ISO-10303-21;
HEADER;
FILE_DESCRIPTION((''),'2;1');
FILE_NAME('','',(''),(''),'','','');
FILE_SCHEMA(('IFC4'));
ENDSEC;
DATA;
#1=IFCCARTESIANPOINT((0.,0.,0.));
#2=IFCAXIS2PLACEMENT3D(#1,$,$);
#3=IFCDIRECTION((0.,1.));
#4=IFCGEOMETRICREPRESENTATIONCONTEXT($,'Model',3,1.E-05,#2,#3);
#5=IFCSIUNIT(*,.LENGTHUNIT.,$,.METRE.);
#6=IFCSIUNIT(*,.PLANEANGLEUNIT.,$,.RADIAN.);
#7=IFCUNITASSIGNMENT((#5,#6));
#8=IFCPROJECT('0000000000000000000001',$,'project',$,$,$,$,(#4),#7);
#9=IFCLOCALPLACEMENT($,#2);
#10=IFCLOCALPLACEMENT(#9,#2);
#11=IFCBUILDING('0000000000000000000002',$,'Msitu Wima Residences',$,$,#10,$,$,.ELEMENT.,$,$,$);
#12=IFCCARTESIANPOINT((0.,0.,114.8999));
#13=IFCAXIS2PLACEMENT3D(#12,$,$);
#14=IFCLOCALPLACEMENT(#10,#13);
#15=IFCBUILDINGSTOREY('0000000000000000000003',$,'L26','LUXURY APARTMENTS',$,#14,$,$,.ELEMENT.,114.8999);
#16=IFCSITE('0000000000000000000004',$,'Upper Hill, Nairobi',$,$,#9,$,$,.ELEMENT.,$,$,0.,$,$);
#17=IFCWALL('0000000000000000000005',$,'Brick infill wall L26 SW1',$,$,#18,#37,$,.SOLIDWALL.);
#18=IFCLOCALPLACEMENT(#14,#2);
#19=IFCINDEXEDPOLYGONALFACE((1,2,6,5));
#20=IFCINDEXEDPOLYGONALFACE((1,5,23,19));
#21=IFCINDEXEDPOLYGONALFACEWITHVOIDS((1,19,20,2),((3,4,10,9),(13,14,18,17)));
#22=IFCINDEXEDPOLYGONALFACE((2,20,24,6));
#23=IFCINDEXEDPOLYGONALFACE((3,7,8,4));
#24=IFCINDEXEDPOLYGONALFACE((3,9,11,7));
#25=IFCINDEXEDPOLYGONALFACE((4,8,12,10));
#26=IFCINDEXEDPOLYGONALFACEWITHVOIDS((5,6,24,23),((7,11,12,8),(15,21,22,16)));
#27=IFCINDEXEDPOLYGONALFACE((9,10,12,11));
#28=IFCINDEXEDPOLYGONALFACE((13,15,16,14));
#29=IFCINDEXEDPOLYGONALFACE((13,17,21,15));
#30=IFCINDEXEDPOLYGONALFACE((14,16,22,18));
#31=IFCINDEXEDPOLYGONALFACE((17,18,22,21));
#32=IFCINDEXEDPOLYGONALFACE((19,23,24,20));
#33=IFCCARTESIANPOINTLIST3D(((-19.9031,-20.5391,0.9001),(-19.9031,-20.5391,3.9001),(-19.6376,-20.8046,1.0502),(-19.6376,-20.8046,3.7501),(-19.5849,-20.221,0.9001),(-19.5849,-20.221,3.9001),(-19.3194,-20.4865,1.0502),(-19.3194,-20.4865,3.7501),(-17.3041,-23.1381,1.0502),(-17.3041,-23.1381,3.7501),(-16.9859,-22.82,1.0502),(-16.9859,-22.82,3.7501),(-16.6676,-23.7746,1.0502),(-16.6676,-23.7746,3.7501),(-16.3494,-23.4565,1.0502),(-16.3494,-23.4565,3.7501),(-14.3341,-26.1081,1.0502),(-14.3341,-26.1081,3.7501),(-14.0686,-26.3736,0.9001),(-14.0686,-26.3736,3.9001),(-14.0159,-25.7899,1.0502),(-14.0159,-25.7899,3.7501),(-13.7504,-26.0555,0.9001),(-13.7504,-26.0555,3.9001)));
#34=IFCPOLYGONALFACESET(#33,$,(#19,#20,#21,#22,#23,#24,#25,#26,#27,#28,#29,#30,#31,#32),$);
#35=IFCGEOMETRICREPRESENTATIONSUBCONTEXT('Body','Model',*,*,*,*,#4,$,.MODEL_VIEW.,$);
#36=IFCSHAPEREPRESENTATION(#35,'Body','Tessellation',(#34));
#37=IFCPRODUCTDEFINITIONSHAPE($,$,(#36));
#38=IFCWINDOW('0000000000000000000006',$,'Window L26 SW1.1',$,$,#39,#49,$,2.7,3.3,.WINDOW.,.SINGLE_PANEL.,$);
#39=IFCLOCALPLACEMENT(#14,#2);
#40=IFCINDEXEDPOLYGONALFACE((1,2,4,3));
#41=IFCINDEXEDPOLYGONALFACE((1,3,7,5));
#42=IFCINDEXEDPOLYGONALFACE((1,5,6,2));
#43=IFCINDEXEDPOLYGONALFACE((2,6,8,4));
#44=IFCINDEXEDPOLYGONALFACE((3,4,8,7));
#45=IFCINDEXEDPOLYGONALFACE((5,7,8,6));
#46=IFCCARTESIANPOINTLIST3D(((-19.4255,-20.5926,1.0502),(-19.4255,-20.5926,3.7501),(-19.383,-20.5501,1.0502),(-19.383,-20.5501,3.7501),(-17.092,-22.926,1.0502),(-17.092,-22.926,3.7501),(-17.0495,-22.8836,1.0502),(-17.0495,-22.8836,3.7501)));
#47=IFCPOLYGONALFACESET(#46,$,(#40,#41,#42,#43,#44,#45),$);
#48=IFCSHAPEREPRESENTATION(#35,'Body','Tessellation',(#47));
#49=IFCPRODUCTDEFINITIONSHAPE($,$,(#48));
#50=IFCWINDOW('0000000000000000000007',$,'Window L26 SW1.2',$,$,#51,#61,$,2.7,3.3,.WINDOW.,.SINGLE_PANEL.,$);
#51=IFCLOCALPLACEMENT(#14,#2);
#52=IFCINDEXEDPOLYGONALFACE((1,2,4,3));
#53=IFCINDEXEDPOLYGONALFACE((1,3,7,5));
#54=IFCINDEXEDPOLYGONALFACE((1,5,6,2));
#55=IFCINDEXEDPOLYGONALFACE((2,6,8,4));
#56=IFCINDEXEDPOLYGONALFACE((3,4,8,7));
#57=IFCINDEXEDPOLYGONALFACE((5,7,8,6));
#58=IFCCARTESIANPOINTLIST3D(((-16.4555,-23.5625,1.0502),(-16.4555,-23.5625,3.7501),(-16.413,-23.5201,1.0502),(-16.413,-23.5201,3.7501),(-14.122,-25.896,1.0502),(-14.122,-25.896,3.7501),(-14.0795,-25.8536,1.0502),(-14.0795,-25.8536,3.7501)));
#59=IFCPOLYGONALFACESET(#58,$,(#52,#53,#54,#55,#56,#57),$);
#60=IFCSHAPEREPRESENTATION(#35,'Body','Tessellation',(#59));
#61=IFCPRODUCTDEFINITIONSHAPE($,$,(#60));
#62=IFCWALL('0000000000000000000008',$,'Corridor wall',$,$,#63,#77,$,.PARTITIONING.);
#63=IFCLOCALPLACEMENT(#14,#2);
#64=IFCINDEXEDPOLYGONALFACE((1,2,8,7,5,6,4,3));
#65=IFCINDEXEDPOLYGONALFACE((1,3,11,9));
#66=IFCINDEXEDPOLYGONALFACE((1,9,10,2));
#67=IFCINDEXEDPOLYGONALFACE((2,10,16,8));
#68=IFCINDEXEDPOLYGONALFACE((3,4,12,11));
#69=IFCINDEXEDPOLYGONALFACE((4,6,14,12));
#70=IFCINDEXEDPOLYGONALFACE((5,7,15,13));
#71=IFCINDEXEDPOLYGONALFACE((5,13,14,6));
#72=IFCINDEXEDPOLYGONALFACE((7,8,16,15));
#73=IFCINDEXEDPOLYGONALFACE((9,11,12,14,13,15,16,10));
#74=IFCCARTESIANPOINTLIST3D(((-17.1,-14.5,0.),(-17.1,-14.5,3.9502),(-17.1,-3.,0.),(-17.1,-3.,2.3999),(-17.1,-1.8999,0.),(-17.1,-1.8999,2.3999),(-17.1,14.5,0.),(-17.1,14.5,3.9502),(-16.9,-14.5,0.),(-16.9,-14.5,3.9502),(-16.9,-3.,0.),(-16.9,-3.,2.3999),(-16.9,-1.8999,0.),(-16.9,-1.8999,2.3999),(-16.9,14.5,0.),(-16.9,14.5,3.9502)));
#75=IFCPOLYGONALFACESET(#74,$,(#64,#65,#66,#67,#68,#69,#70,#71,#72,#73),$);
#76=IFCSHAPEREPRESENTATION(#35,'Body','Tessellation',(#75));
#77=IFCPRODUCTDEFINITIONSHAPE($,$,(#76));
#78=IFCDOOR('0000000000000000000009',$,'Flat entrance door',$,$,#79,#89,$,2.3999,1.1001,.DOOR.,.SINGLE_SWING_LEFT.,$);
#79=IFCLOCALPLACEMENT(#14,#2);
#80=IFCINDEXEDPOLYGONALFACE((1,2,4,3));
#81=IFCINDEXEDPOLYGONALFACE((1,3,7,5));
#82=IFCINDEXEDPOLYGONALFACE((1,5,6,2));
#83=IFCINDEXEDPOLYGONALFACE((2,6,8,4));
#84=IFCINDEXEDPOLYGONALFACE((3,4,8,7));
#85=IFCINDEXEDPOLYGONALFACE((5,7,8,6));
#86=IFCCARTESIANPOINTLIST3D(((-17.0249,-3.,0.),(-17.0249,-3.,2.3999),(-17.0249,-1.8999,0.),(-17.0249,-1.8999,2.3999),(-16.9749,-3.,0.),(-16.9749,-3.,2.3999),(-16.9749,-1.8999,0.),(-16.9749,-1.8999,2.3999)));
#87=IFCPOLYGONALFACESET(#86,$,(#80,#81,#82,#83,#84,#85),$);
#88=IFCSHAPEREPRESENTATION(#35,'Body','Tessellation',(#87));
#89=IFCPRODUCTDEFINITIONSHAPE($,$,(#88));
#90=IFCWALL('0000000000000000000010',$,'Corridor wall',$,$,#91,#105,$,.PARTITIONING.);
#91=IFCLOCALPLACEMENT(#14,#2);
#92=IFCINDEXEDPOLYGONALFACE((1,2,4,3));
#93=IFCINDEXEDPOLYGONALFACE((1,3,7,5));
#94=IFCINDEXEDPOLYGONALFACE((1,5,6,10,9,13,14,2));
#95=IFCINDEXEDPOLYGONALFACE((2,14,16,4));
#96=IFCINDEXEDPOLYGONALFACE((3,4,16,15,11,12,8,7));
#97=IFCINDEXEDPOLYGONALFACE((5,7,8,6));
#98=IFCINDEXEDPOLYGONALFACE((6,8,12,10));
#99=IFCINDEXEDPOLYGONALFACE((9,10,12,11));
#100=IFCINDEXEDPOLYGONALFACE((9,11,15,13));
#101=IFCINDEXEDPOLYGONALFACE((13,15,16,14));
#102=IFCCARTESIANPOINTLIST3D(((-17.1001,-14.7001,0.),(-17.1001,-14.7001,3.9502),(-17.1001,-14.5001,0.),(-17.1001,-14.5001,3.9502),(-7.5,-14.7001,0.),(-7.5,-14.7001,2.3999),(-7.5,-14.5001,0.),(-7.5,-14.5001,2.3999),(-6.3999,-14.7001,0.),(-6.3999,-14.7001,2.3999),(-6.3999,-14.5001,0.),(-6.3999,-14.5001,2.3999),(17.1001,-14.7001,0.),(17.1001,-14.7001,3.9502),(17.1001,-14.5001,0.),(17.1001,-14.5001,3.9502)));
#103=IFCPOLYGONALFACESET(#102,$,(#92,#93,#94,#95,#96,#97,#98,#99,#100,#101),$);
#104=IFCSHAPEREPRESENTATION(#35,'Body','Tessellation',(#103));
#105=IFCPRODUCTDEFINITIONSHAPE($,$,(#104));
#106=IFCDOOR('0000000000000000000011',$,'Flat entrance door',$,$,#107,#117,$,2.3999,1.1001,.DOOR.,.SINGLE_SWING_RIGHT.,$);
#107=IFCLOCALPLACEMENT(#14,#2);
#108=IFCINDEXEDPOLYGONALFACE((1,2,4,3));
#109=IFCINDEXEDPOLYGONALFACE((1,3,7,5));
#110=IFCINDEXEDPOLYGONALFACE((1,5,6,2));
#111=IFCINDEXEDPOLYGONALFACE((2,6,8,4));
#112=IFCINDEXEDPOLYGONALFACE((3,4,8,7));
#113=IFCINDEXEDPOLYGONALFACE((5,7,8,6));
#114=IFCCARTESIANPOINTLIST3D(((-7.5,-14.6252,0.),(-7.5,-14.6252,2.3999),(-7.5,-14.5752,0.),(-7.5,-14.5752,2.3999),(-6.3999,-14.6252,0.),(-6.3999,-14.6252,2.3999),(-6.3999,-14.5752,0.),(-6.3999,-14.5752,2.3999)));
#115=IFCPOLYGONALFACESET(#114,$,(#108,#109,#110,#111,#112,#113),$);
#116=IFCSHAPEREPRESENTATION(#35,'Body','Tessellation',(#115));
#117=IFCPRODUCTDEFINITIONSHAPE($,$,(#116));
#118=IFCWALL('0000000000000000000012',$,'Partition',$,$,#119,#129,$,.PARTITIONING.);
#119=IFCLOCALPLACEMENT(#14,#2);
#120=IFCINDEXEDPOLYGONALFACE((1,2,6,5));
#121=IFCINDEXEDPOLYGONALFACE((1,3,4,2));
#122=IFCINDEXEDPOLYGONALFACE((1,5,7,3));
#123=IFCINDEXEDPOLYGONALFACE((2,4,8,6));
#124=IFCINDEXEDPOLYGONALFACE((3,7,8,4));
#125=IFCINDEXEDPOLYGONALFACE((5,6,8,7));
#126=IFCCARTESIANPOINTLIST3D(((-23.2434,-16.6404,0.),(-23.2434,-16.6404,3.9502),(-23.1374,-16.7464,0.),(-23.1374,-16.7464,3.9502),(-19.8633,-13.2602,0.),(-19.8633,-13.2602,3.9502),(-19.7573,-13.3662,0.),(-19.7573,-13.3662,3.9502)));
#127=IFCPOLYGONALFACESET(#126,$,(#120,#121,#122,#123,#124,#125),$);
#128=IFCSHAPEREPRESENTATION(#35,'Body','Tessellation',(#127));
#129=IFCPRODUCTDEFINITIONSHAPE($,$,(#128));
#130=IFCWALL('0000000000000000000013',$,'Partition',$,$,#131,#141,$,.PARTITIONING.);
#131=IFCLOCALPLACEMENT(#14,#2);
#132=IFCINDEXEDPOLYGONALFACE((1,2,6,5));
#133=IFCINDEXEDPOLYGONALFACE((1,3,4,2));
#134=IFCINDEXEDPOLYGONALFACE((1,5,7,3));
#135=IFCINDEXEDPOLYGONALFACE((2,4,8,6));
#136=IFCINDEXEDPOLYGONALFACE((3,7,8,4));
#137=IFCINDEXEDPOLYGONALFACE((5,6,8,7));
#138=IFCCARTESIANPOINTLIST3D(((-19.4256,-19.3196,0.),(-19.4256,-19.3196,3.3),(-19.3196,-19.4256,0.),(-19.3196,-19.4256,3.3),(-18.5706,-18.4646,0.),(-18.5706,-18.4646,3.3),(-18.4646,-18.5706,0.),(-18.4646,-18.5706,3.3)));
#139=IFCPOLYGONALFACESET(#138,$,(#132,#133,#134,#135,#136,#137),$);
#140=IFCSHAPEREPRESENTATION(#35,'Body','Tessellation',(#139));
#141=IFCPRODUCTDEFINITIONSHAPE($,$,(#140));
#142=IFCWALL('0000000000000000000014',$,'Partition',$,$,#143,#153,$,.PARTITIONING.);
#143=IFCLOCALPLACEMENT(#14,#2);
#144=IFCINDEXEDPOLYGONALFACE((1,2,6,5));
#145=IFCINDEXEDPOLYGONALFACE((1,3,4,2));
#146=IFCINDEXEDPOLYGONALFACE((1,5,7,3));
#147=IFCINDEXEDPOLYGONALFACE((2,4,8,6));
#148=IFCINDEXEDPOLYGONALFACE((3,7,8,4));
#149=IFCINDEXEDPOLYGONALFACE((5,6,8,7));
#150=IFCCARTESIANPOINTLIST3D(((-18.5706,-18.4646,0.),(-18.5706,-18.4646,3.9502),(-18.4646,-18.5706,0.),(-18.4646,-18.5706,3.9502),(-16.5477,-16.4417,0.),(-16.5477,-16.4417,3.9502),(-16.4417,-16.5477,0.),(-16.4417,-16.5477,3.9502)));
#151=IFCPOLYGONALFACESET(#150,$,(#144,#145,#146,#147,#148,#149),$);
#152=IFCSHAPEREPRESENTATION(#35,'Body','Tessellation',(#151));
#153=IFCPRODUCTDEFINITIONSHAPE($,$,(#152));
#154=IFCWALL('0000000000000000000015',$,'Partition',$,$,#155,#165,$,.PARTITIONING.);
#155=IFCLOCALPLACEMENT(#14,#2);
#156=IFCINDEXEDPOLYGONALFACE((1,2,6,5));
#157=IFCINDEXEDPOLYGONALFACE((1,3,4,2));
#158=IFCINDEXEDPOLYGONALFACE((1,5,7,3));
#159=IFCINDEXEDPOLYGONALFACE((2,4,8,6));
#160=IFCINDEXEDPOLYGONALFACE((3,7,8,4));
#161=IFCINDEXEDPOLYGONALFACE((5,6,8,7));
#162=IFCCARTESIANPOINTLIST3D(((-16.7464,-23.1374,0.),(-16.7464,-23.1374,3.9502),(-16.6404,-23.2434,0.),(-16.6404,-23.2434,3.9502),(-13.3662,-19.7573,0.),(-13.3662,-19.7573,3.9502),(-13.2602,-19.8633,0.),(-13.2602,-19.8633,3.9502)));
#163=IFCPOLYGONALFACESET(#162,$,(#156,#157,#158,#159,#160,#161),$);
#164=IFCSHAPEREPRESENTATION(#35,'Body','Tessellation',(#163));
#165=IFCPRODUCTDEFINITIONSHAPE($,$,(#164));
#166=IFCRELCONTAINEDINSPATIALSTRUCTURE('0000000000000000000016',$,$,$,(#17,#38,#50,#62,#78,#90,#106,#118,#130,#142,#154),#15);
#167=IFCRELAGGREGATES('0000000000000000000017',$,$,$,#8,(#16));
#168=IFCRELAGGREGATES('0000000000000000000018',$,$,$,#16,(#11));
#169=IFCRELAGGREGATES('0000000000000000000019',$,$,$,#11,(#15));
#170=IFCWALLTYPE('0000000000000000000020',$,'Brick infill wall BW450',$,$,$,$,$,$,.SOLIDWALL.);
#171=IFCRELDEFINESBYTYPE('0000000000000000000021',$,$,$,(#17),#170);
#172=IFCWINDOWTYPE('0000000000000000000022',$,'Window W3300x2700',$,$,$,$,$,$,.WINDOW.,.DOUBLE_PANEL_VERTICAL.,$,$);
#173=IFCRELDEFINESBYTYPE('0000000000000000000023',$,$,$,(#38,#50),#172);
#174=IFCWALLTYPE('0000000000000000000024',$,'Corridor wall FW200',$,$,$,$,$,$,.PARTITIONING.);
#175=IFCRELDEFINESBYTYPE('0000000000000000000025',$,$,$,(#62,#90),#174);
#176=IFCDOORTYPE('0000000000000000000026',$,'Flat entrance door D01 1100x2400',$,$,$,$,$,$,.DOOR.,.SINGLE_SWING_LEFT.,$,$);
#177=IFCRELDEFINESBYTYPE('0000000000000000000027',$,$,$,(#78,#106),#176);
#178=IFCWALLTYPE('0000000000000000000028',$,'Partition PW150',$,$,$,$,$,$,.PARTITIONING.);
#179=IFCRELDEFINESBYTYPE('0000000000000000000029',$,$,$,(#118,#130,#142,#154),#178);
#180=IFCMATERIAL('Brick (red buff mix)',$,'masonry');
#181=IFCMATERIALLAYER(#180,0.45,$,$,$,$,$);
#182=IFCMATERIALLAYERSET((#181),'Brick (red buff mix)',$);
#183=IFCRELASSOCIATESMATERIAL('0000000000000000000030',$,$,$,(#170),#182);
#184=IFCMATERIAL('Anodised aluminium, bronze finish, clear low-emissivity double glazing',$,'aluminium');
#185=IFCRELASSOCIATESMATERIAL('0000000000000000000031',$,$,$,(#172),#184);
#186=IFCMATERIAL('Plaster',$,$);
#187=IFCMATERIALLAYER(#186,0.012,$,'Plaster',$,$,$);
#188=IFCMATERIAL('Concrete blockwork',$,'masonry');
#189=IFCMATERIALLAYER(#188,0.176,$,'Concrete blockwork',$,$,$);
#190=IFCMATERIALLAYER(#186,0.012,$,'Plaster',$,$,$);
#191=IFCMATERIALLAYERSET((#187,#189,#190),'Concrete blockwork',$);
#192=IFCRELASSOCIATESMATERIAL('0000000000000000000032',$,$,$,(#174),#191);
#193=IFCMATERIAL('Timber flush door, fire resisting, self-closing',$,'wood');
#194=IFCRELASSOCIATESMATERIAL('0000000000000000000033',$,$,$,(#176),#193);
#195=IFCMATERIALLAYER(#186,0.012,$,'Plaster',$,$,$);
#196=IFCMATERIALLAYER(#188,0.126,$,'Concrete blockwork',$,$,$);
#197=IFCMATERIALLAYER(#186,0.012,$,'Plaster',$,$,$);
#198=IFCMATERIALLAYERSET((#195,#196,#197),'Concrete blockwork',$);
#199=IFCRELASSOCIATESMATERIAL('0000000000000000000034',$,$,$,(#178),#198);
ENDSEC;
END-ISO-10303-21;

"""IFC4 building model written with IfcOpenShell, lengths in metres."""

from ifc_helpers import new_model, si_unit, direction, frame, frame_2d, origin, place, context, subcontext, project, spatial, rectangle, extrude, material, layer, layer_set, type_object, element, fill, save


model = new_model("IFC4")

# Units and contexts
model_context = context("Model", 3, precision=1e-05, world=origin(), true_north=direction((0.0, 1.0)))
body_context = subcontext(model_context, "Body", "Model", "MODEL_VIEW")
ifc_project = project(units=[si_unit("LENGTHUNIT", "METRE"), si_unit("PLANEANGLEUNIT", "RADIAN")], contexts=[model_context])

# Site, building, storey
site_placement = place(None, origin())
site = spatial("IfcSite", under=ifc_project, at=site_placement, Name="Upper Hill, Nairobi", CompositionType="ELEMENT", RefElevation=0.0)
building_placement = place(site_placement, origin())
building = spatial("IfcBuilding", under=site, at=building_placement, Name="Msitu Wima Residences", CompositionType="ELEMENT")
storey_placement = place(building_placement, frame((0.0, 0.0, 114.8999)))
storey = spatial("IfcBuildingStorey", under=building, at=storey_placement, Name="L26", Description="LUXURY APARTMENTS", CompositionType="ELEMENT", Elevation=114.8999)

# Shared definitions
ifc_material_1 = material(Name="Brick (red buff mix)", Category="masonry")
ifc_layer_1 = layer(ifc_material_1, 0.45)
ifc_layer_set_1 = layer_set([ifc_layer_1], Name="Brick (red buff mix)")
wall_type_1 = type_object("IfcWallType", Name="Brick infill wall BW450", PredefinedType="SOLIDWALL", material=ifc_layer_set_1)
ifc_material_2 = material(Name="Anodised aluminium, bronze finish, clear low-emissivity double glazing", Category="aluminium")
window_type = type_object("IfcWindowType", Name="Window W3300x2700", PartitioningType="DOUBLE_PANEL_VERTICAL", PredefinedType="WINDOW", material=ifc_material_2)

# Wall, openings, windows
wall_1_placement = place(storey_placement, frame((-19.7439, -20.3801, 0.9001), z_axis=(0.0, 0.0, 1.0), x_axis=(0.707107, -0.707107, 0.0)))
wall_1 = element("IfcWall", 1, at=wall_1_placement, inside=storey, type_object=wall_type_1, Name="Brick infill wall L26 SW1", PredefinedType="SOLIDWALL", context=body_context, shape_type="SweptSolid", body=[
    extrude(rectangle(XDim=8.2512, YDim=0.45, at=frame_2d((4.1255, 0.0))), origin(), (0.0, 0.0, 1.0), 3.0),
])
opening_1_placement = place(wall_1_placement, frame((0.3755, 0.0, 0.1499)))
opening_1 = element("IfcOpeningElement", 2, at=opening_1_placement, cuts=wall_1, PredefinedType="OPENING", context=body_context, shape_type="SweptSolid", body=[
    extrude(rectangle(XDim=3.3, YDim=2.7, at=frame_2d((1.6499, 1.3501))), frame((0.0, 0.2349, 0.0), z_axis=(0.0, -1.0, 0.0), x_axis=(1.0, 0.0, 0.0)), (0.0, 0.0, 1.0), 0.47),
])
opening_2_placement = place(wall_1_placement, frame((4.5757, 0.0, 0.1499)))
opening_2 = element("IfcOpeningElement", 3, at=opening_2_placement, cuts=wall_1, PredefinedType="OPENING", context=body_context, shape_type="SweptSolid", body=[
    extrude(rectangle(XDim=3.3, YDim=2.7, at=frame_2d((1.6499, 1.3501))), frame((0.0, 0.2349, 0.0), z_axis=(0.0, -1.0, 0.0), x_axis=(1.0, 0.0, 0.0)), (0.0, 0.0, 1.0), 0.47),
])
window_1_placement = place(opening_1_placement, origin())
window_1 = element("IfcWindow", 4, at=window_1_placement, inside=storey, type_object=window_type, Name="Window L26 SW1.1", OverallHeight=2.7, OverallWidth=3.3, PartitioningType="SINGLE_PANEL", PredefinedType="WINDOW", context=body_context, shape_type="SweptSolid", body=[
    extrude(rectangle(XDim=3.3, YDim=2.7, at=frame_2d((1.6499, 1.3501))), frame((0.0, 0.135, 0.0), z_axis=(0.0, -1.0, 0.0), x_axis=(1.0, 0.0, 0.0)), (0.0, 0.0, 1.0), 0.0601),
])
fill(opening_1, window_1)
window_2_placement = place(opening_2_placement, origin())
window_2 = element("IfcWindow", 5, at=window_2_placement, inside=storey, type_object=window_type, Name="Window L26 SW1.2", OverallHeight=2.7, OverallWidth=3.3, PartitioningType="SINGLE_PANEL", PredefinedType="WINDOW", context=body_context, shape_type="SweptSolid", body=[
    extrude(rectangle(XDim=3.3, YDim=2.7, at=frame_2d((1.6499, 1.3501))), frame((0.0, 0.135, 0.0), z_axis=(0.0, -1.0, 0.0), x_axis=(1.0, 0.0, 0.0)), (0.0, 0.0, 1.0), 0.0601),
])
fill(opening_2, window_2)

# Walls, openings, doors
ifc_material_3 = material(Name="Plaster")
ifc_layer_2 = layer(ifc_material_3, 0.012, Name="Plaster")
ifc_material_4 = material(Name="Concrete blockwork", Category="masonry")
ifc_layer_3 = layer(ifc_material_4, 0.176, Name="Concrete blockwork")
ifc_layer_4 = layer(ifc_material_3, 0.012, Name="Plaster")
ifc_layer_set_2 = layer_set([ifc_layer_2, ifc_layer_3, ifc_layer_4], Name="Concrete blockwork")
wall_type_2 = type_object("IfcWallType", Name="Corridor wall FW200", PredefinedType="PARTITIONING", material=ifc_layer_set_2)
wall_2_placement = place(storey_placement, frame((-17.0, -14.5, 0.0), z_axis=(0.0, 0.0, 1.0), x_axis=(0.0, 1.0, 0.0)))
wall_2 = element("IfcWall", 6, at=wall_2_placement, inside=storey, type_object=wall_type_2, Name="Corridor wall", PredefinedType="PARTITIONING", context=body_context, shape_type="SweptSolid", body=[
    extrude(rectangle(XDim=29.0, YDim=0.2, at=frame_2d((14.5, 0.0))), origin(), (0.0, 0.0, 1.0), 3.9502),
])
opening_3_placement = place(wall_2_placement, frame((11.5, 0.0, 0.0)))
opening_3 = element("IfcOpeningElement", 7, at=opening_3_placement, cuts=wall_2, PredefinedType="OPENING", context=body_context, shape_type="SweptSolid", body=[
    extrude(rectangle(XDim=1.1001, YDim=2.3999, at=frame_2d((0.55, 1.2))), frame((0.0, 0.1099, 0.0), z_axis=(0.0, -1.0, 0.0), x_axis=(1.0, 0.0, 0.0)), (0.0, 0.0, 1.0), 0.22),
])
ifc_material_5 = material(Name="Timber flush door, fire resisting, self-closing", Category="wood")
door_type_1 = type_object("IfcDoorType", Name="Flat entrance door D01 1100x2400", OperationType="SINGLE_SWING_LEFT", PredefinedType="DOOR", material=ifc_material_5)
door_1_placement = place(opening_3_placement, origin())
door_1 = element("IfcDoor", 8, at=door_1_placement, inside=storey, type_object=door_type_1, Name="Flat entrance door", OperationType="SINGLE_SWING_LEFT", OverallHeight=2.3999, OverallWidth=1.1001, PredefinedType="DOOR", context=body_context, shape_type="SweptSolid", body=[
    extrude(rectangle(XDim=1.1001, YDim=2.3999, at=frame_2d((0.55, 1.2))), frame((0.0, 0.0249, 0.0), z_axis=(0.0, -1.0, 0.0), x_axis=(1.0, 0.0, 0.0)), (0.0, 0.0, 1.0), 0.05),
])
fill(opening_3, door_1)
wall_3_placement = place(storey_placement, frame((-17.1001, -14.6001, 0.0), z_axis=(0.0, 0.0, 1.0), x_axis=(1.0, 0.0, 0.0)))
wall_3 = element("IfcWall", 9, at=wall_3_placement, inside=storey, type_object=wall_type_2, Name="Corridor wall", PredefinedType="PARTITIONING", context=body_context, shape_type="SweptSolid", body=[
    extrude(rectangle(XDim=34.2002, YDim=0.2, at=frame_2d((17.1001, 0.0))), origin(), (0.0, 0.0, 1.0), 3.9502),
])
opening_4_placement = place(wall_3_placement, frame((9.6001, 0.0, 0.0)))
opening_4 = element("IfcOpeningElement", 10, at=opening_4_placement, cuts=wall_3, PredefinedType="OPENING", context=body_context, shape_type="SweptSolid", body=[
    extrude(rectangle(XDim=1.1001, YDim=2.3999, at=frame_2d((0.55, 1.2))), frame((0.0, 0.1099, 0.0), z_axis=(0.0, -1.0, 0.0), x_axis=(1.0, 0.0, 0.0)), (0.0, 0.0, 1.0), 0.22),
])
door_2_placement = place(opening_4_placement, origin())
door_2 = element("IfcDoor", 11, at=door_2_placement, inside=storey, type_object=door_type_1, Name="Flat entrance door", OperationType="SINGLE_SWING_RIGHT", OverallHeight=2.3999, OverallWidth=1.1001, PredefinedType="DOOR", context=body_context, shape_type="SweptSolid", body=[
    extrude(rectangle(XDim=1.1001, YDim=2.3999, at=frame_2d((0.55, 1.2))), frame((0.0, 0.0249, 0.0), z_axis=(0.0, -1.0, 0.0), x_axis=(1.0, 0.0, 0.0)), (0.0, 0.0, 1.0), 0.05),
])
fill(opening_4, door_2)

# Walls
ifc_layer_5 = layer(ifc_material_3, 0.012, Name="Plaster")
ifc_layer_6 = layer(ifc_material_4, 0.126, Name="Concrete blockwork")
ifc_layer_7 = layer(ifc_material_3, 0.012, Name="Plaster")
ifc_layer_set_3 = layer_set([ifc_layer_5, ifc_layer_6, ifc_layer_7], Name="Concrete blockwork")
wall_type_3 = type_object("IfcWallType", Name="Partition PW150", PredefinedType="PARTITIONING", material=ifc_layer_set_3)
wall_4_placement = place(storey_placement, frame((-23.1904, -16.6934, 0.0), z_axis=(0.0, 0.0, 1.0), x_axis=(0.707107, 0.707107, 0.0)))
element("IfcWall", 12, at=wall_4_placement, inside=storey, type_object=wall_type_3, Name="Partition", PredefinedType="PARTITIONING", context=body_context, shape_type="SweptSolid", body=[
    extrude(rectangle(XDim=4.7803, YDim=0.1499, at=frame_2d((2.3901, 0.0))), origin(), (0.0, 0.0, 1.0), 3.9502),
])
wall_5_placement = place(storey_placement, frame((-19.3726, -19.3726, 0.0), z_axis=(0.0, 0.0, 1.0), x_axis=(0.707107, 0.707107, 0.0)))
element("IfcWall", 13, at=wall_5_placement, inside=storey, type_object=wall_type_3, Name="Partition", PredefinedType="PARTITIONING", context=body_context, shape_type="SweptSolid", body=[
    extrude(rectangle(XDim=1.2092, YDim=0.1499, at=frame_2d((0.6045, 0.0))), origin(), (0.0, 0.0, 1.0), 3.3),
])
wall_6_placement = place(storey_placement, frame((-18.5176, -18.5176, 0.0), z_axis=(0.0, 0.0, 1.0), x_axis=(0.707107, 0.707107, 0.0)))
element("IfcWall", 14, at=wall_6_placement, inside=storey, type_object=wall_type_3, Name="Partition", PredefinedType="PARTITIONING", context=body_context, shape_type="SweptSolid", body=[
    extrude(rectangle(XDim=2.8608, YDim=0.1499, at=frame_2d((1.4304, 0.0))), origin(), (0.0, 0.0, 1.0), 3.9502),
])
wall_7_placement = place(storey_placement, frame((-16.6934, -23.1904, 0.0), z_axis=(0.0, 0.0, 1.0), x_axis=(0.707107, 0.707107, 0.0)))
element("IfcWall", 15, at=wall_7_placement, inside=storey, type_object=wall_type_3, Name="Partition", PredefinedType="PARTITIONING", context=body_context, shape_type="SweptSolid", body=[
    extrude(rectangle(XDim=4.7803, YDim=0.1499, at=frame_2d((2.3901, 0.0))), origin(), (0.0, 0.0, 1.0), 3.9502),
])

save(model, "model.ifc")
